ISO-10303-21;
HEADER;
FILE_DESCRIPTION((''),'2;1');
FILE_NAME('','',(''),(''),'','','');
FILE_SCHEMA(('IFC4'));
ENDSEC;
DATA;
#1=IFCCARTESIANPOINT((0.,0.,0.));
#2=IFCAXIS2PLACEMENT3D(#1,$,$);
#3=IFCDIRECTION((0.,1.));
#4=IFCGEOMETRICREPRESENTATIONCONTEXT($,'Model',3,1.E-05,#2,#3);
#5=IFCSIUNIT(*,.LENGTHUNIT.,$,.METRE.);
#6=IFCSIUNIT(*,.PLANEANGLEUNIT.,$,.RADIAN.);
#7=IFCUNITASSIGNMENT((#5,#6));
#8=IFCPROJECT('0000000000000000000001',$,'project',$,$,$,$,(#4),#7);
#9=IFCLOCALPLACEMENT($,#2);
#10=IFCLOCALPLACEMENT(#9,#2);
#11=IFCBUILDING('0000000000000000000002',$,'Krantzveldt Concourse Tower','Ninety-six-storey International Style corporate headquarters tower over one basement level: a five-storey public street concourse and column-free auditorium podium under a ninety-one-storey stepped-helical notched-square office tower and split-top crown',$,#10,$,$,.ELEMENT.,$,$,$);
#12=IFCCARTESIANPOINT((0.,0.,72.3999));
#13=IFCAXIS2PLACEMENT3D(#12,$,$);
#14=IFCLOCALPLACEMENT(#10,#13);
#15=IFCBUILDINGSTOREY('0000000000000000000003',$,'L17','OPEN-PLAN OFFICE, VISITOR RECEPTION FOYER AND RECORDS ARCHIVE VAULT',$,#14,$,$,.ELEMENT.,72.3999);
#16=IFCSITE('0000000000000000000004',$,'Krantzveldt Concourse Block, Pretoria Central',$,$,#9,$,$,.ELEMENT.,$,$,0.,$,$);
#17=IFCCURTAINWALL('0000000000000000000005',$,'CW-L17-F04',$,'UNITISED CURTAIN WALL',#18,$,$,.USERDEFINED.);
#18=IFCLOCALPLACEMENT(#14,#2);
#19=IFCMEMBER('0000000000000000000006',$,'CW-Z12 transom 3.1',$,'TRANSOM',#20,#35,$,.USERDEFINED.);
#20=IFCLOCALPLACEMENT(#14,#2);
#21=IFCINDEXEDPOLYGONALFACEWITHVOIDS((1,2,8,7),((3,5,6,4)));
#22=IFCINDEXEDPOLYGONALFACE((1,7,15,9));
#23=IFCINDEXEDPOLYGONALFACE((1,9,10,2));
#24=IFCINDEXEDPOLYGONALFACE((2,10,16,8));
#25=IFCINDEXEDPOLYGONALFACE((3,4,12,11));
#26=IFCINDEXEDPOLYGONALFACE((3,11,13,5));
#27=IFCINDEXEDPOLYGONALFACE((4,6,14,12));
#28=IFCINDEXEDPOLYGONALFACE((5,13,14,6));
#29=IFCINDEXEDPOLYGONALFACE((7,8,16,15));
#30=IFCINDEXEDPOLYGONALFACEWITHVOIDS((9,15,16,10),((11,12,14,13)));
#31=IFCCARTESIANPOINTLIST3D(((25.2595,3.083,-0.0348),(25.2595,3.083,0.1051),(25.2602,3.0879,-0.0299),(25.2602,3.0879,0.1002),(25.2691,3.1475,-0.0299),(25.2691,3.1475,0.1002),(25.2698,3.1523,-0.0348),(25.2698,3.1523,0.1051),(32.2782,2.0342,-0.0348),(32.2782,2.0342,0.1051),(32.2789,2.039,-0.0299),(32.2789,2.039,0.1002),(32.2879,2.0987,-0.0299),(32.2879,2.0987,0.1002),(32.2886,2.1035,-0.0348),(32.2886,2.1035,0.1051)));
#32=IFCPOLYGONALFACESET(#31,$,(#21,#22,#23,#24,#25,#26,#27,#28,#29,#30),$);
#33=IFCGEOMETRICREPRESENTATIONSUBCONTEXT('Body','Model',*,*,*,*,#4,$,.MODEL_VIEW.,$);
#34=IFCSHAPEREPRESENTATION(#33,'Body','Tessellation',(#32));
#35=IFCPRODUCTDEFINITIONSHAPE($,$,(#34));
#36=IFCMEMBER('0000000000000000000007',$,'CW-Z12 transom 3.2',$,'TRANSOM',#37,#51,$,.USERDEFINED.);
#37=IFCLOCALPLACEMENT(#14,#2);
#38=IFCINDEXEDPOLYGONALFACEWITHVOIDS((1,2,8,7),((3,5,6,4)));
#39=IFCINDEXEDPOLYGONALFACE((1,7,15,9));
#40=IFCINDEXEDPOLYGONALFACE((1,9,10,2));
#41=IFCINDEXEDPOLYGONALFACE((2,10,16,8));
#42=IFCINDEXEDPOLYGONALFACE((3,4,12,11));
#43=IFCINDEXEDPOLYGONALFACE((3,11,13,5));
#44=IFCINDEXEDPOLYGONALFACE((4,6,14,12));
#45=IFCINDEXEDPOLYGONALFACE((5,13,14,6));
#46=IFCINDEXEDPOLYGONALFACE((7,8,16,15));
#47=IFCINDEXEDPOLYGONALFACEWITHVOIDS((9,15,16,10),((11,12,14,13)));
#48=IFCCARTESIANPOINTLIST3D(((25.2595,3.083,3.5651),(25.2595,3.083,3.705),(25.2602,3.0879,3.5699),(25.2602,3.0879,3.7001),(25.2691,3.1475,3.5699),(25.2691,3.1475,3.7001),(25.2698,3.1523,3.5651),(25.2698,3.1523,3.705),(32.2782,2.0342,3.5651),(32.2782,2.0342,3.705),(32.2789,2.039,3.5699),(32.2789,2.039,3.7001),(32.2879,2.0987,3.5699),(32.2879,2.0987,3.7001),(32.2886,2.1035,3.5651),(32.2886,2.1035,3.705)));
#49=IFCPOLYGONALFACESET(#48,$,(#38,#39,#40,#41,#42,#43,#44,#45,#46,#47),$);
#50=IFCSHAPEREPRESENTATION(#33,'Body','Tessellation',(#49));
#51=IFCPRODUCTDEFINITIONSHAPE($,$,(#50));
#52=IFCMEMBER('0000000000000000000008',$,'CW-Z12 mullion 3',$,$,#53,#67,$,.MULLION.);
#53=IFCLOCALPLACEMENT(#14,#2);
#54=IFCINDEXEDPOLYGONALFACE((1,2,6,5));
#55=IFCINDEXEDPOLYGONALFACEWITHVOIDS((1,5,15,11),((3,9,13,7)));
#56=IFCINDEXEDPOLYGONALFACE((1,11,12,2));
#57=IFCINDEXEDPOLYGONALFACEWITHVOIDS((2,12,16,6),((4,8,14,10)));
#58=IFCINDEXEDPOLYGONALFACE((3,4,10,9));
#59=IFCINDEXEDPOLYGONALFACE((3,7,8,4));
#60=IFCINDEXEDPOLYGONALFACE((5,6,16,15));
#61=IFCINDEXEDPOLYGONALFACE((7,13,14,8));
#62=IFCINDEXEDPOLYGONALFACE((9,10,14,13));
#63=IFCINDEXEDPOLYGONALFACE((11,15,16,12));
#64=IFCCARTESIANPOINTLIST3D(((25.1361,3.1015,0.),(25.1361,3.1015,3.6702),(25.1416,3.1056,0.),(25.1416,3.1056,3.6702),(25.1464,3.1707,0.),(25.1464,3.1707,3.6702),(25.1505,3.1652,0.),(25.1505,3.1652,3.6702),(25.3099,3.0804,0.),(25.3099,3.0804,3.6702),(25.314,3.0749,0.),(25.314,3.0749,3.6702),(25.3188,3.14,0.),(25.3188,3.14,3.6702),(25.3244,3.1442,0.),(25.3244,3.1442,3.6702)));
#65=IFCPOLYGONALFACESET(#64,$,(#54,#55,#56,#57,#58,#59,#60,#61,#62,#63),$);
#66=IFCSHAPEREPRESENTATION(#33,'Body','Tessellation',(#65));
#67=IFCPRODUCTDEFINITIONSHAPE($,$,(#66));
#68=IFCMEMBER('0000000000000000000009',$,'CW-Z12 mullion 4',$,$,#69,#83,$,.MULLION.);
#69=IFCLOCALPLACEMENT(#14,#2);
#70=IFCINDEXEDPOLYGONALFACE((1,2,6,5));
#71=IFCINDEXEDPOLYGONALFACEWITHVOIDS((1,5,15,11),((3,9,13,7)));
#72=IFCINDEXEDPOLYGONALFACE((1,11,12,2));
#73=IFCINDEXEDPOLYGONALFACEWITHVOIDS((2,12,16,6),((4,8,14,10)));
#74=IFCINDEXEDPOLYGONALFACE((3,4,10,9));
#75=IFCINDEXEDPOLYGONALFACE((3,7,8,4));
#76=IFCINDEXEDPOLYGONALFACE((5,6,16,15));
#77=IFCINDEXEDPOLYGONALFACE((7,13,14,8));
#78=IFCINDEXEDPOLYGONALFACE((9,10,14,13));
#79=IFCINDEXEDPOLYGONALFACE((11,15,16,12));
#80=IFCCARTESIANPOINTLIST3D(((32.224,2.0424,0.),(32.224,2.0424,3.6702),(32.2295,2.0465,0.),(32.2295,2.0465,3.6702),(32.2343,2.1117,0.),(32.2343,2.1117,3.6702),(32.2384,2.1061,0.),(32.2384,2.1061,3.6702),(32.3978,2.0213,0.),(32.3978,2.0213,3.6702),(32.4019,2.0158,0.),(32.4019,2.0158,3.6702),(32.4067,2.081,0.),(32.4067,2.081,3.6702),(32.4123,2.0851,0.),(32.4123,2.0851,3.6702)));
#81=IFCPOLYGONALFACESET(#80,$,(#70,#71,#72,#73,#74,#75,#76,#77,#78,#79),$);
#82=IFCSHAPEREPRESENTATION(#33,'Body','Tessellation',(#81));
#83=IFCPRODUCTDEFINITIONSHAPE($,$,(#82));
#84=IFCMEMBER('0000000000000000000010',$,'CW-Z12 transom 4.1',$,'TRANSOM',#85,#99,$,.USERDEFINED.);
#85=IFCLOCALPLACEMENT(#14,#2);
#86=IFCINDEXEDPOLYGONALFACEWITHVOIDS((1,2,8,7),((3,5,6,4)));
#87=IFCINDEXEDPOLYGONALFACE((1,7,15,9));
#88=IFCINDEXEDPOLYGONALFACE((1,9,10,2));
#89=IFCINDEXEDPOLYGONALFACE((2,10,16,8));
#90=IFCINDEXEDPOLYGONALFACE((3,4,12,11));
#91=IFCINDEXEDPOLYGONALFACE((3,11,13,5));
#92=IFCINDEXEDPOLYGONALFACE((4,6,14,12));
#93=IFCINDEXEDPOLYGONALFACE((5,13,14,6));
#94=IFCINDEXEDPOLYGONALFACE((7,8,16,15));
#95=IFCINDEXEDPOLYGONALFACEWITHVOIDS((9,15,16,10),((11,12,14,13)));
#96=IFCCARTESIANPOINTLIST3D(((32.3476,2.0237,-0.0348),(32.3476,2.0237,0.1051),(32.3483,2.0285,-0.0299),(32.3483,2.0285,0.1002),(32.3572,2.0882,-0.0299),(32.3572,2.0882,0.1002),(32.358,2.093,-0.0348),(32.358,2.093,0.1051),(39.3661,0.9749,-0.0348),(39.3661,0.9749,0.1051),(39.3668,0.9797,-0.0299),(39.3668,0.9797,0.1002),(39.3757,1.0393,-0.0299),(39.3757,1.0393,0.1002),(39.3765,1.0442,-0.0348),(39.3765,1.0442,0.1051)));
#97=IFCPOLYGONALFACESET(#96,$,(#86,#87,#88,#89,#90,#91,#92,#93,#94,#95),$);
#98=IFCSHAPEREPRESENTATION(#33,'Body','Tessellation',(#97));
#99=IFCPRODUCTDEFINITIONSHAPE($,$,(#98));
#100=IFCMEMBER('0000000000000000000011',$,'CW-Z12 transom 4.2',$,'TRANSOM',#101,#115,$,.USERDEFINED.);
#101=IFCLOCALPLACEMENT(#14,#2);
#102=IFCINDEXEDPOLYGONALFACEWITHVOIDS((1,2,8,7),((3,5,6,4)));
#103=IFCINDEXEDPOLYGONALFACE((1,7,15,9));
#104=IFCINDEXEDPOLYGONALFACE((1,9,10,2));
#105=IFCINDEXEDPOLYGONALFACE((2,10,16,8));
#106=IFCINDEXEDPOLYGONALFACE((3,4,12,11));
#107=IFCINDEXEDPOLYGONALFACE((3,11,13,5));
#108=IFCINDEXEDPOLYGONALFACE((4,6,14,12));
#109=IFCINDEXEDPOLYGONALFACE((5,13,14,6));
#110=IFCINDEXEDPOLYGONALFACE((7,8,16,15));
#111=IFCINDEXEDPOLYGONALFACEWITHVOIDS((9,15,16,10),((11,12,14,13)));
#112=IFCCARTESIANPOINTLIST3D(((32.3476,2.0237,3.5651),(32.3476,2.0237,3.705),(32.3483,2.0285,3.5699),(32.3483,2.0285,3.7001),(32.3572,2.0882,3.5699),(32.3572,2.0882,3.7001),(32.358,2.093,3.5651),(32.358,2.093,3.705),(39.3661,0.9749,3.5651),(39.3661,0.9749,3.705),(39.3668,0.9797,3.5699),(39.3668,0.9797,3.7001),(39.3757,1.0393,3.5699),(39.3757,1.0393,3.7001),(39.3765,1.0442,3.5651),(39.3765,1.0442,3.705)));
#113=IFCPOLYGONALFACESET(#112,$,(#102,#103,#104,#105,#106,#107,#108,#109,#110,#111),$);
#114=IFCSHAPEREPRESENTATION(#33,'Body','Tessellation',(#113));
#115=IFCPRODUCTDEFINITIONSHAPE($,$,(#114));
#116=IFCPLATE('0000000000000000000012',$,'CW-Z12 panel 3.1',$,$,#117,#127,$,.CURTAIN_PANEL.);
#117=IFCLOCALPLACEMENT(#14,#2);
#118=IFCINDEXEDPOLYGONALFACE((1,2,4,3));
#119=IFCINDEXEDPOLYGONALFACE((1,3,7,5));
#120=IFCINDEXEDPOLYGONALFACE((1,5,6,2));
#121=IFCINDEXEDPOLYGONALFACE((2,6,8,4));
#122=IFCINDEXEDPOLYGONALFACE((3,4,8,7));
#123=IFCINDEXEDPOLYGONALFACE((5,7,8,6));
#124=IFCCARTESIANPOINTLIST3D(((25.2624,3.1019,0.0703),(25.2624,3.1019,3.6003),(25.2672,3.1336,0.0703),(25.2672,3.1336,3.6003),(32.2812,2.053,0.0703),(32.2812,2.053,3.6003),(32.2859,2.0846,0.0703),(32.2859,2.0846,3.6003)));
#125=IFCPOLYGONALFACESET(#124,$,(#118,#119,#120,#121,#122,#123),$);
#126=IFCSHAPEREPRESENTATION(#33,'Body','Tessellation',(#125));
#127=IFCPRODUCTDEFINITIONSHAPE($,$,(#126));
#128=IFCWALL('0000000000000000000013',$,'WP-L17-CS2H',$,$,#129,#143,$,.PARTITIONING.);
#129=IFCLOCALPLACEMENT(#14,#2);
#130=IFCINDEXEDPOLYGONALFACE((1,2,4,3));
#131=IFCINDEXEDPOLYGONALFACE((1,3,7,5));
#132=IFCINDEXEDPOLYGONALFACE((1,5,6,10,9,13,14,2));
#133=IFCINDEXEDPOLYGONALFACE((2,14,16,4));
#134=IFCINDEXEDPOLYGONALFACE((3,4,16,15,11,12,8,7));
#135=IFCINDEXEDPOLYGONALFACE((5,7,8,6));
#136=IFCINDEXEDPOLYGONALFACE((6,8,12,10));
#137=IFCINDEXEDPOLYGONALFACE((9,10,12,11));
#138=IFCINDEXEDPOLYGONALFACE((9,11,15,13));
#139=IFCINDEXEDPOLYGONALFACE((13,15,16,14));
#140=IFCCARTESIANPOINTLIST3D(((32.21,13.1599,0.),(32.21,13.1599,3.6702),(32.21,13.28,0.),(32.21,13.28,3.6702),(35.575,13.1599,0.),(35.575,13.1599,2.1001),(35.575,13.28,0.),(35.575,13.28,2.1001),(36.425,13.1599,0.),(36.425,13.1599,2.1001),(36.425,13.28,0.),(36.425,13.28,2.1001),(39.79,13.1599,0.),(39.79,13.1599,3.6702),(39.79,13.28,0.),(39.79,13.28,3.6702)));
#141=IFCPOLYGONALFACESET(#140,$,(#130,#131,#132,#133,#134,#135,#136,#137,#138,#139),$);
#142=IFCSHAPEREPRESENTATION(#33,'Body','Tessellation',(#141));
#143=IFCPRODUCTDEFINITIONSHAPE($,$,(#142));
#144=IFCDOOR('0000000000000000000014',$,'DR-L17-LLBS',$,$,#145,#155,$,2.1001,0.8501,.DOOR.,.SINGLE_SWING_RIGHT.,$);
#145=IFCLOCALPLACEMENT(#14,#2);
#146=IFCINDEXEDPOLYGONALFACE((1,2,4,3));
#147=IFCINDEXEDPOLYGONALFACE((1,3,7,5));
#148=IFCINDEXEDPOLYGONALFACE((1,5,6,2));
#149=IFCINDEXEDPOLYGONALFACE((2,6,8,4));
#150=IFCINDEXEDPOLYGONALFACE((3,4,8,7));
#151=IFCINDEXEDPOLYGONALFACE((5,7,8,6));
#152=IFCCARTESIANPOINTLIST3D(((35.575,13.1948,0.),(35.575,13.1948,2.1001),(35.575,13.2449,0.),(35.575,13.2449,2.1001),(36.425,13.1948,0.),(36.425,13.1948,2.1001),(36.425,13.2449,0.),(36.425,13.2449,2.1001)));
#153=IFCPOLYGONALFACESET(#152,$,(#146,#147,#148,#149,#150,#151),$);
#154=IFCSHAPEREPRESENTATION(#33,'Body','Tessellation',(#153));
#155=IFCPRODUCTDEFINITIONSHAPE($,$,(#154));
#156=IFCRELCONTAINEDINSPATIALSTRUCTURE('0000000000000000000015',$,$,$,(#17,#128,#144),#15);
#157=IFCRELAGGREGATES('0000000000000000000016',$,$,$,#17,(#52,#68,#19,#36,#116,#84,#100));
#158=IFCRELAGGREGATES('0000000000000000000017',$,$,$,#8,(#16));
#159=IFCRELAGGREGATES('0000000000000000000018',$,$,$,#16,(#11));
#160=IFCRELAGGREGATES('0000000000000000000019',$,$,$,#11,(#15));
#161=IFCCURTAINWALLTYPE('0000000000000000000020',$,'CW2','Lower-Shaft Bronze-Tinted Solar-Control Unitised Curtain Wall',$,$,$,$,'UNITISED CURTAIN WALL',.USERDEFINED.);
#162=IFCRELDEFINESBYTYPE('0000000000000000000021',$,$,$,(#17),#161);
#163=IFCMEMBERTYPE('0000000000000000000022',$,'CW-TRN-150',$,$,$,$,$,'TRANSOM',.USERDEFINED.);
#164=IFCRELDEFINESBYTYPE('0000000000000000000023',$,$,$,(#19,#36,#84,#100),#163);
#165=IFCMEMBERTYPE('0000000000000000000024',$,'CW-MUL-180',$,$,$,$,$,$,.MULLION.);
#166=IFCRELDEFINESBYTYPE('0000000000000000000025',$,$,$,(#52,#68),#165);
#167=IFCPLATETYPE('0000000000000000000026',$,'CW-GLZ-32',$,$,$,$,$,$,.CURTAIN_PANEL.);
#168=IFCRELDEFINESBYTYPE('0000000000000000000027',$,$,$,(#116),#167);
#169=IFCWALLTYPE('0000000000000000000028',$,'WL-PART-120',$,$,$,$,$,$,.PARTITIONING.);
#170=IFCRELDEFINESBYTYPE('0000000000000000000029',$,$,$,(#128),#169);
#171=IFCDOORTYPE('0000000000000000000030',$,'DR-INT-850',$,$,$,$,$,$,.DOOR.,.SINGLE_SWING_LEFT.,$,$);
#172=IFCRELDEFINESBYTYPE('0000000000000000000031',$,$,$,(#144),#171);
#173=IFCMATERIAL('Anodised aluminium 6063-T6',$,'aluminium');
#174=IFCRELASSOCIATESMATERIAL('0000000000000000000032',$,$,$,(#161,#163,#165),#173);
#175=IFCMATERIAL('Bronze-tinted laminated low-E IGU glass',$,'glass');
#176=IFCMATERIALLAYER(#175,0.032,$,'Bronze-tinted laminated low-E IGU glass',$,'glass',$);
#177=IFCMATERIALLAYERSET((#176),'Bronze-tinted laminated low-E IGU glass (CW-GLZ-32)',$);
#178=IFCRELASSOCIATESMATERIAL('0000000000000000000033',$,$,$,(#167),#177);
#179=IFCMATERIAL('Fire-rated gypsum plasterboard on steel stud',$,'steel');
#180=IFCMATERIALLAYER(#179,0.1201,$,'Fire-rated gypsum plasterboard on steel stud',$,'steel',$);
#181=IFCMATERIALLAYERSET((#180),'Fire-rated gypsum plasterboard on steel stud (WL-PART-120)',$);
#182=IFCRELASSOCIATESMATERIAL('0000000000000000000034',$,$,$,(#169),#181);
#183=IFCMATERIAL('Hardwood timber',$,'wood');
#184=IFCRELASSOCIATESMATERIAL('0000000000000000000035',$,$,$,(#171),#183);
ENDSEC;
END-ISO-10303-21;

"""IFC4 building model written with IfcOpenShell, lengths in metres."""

from ifc_helpers import new_model, si_unit, direction, frame, frame_2d, origin, origin_2d, place, context, subcontext, project, spatial, rectangle, hollow_rectangle, extrude, source, transform, mapped, material, layer, layer_set, material_profile, profile_set, type_object, type_shapes, element, fill, aggregate, save


model = new_model("IFC4")

# Units and contexts
model_context = context("Model", 3, precision=1e-05, world=origin(), true_north=direction((0.0, 1.0)))
body_context = subcontext(model_context, "Body", "Model", "MODEL_VIEW")
ifc_project = project(units=[si_unit("LENGTHUNIT", "METRE"), si_unit("PLANEANGLEUNIT", "RADIAN")], contexts=[model_context])

# Site, building, storey
site_placement = place(None, origin())
site = spatial("IfcSite", under=ifc_project, at=site_placement, Name="Krantzveldt Concourse Block, Pretoria Central", CompositionType="ELEMENT", RefElevation=0.0)
building_placement = place(site_placement, origin())
building = spatial("IfcBuilding", under=site, at=building_placement, Name="Krantzveldt Concourse Tower", Description="Ninety-six-storey International Style corporate headquarters tower over one basement level: a five-storey public street concourse and column-free auditorium podium under a ninety-one-storey stepped-helical notched-square office tower and split-top crown", CompositionType="ELEMENT")
storey_placement = place(building_placement, frame((0.0, 0.0, 72.3999)))
storey = spatial("IfcBuildingStorey", under=building, at=storey_placement, Name="L17", Description="OPEN-PLAN OFFICE, VISITOR RECEPTION FOYER AND RECORDS ARCHIVE VAULT", CompositionType="ELEMENT", Elevation=72.3999)

# Curtain wall, members, plate
ifc_material_1 = material(Name="Anodised aluminium 6063-T6", Category="aluminium")
curtain_wall_type = type_object("IfcCurtainWallType", Name="CW2", Description="Lower-Shaft Bronze-Tinted Solar-Control Unitised Curtain Wall", ElementType="UNITISED CURTAIN WALL", PredefinedType="USERDEFINED", material=ifc_material_1)
curtain_wall_placement = place(storey_placement, origin())
curtain_wall = element("IfcCurtainWall", 1, at=curtain_wall_placement, inside=storey, type_object=curtain_wall_type, Name="CW-L17-F04", ObjectType="UNITISED CURTAIN WALL", PredefinedType="USERDEFINED")
ifc_material_profile_1 = material_profile(ifc_material_1, hollow_rectangle(XDim=0.0701, YDim=0.1399, WallThickness=0.0049, at=origin_2d()), Name="Anodised aluminium 6063-T6", Category="aluminium")
ifc_profile_set_1 = profile_set([ifc_material_profile_1], Name="Anodised aluminium 6063-T6 - ALU-TRAN 140x70x5")
member_type_1 = type_object("IfcMemberType", Name="CW-TRN-150", ElementType="TRANSOM", PredefinedType="USERDEFINED", material=ifc_profile_set_1)
shared_shape_1 = source(origin(), body_context, "Body", "SweptSolid", [
    extrude(hollow_rectangle(XDim=0.0701, YDim=0.1399, WallThickness=0.0049, at=origin_2d()), origin(), (0.0, 0.0, 1.0), 7.0967),
])
member_1_placement = place(storey_placement, frame((25.2646, 3.1177, 0.0352), z_axis=(0.989019, -0.14779, 0.0), x_axis=(0.14779, 0.989019, 0.0)))
member_1 = element("IfcMember", 2, at=member_1_placement, type_object=member_type_1, Name="CW-Z12 transom 3.1", ObjectType="TRANSOM", PredefinedType="USERDEFINED", context=body_context, shape_type="MappedRepresentation", body=[
    mapped(shared_shape_1, transform((0.0, 0.0, 0.0), x_axis=(1.0, 0.0, 0.0), y_axis=(0.0, 1.0, 0.0), z_axis=(0.0, 0.0, 1.0), scale=1.0)),
])
member_2_placement = place(storey_placement, frame((25.2646, 3.1177, 3.635), z_axis=(0.989019, -0.14779, 0.0), x_axis=(0.14779, 0.989019, 0.0)))
member_2 = element("IfcMember", 3, at=member_2_placement, type_object=member_type_1, Name="CW-Z12 transom 3.2", ObjectType="TRANSOM", PredefinedType="USERDEFINED", context=body_context, shape_type="MappedRepresentation", body=[
    mapped(shared_shape_1, transform((0.0, 0.0, 0.0), x_axis=(1.0, 0.0, 0.0), y_axis=(0.0, 1.0, 0.0), z_axis=(0.0, 0.0, 1.0), scale=1.0)),
])
ifc_material_profile_2 = material_profile(ifc_material_1, hollow_rectangle(XDim=0.0701, YDim=0.1799, WallThickness=0.0049, at=origin_2d()), Name="Anodised aluminium 6063-T6", Category="aluminium")
ifc_profile_set_2 = profile_set([ifc_material_profile_2], Name="Anodised aluminium 6063-T6 - ALU-MULL 180x70x5")
member_type_2 = type_object("IfcMemberType", Name="CW-MUL-180", PredefinedType="MULLION", material=ifc_profile_set_2)
shared_shape_2 = source(origin(), body_context, "Body", "SweptSolid", [
    extrude(hollow_rectangle(XDim=0.0701, YDim=0.1799, WallThickness=0.0049, at=origin_2d()), origin(), (0.0, 0.0, 1.0), 3.6702),
])
type_shapes(member_type_2, [shared_shape_2])
member_3_placement = place(storey_placement, frame((25.2302, 3.1228, 0.0), z_axis=(0.0, 0.0, 1.0), x_axis=(0.14781, 0.989016, 0.0)))
member_3 = element("IfcMember", 4, at=member_3_placement, type_object=member_type_2, Name="CW-Z12 mullion 3", PredefinedType="MULLION", context=body_context, shape_type="MappedRepresentation", body=[
    mapped(shared_shape_2, transform((0.0, 0.0, 0.0), x_axis=(1.0, 0.0, 0.0), y_axis=(0.0, 1.0, 0.0), z_axis=(0.0, 0.0, 1.0), scale=1.0)),
])
member_4_placement = place(storey_placement, frame((32.3181, 2.0637, 0.0), z_axis=(0.0, 0.0, 1.0), x_axis=(0.14781, 0.989016, 0.0)))
member_4 = element("IfcMember", 5, at=member_4_placement, type_object=member_type_2, Name="CW-Z12 mullion 4", PredefinedType="MULLION", context=body_context, shape_type="MappedRepresentation", body=[
    mapped(shared_shape_2, transform((0.0, 0.0, 0.0), x_axis=(1.0, 0.0, 0.0), y_axis=(0.0, 1.0, 0.0), z_axis=(0.0, 0.0, 1.0), scale=1.0)),
])
shared_shape_3 = source(origin(), body_context, "Body", "SweptSolid", [
    extrude(hollow_rectangle(XDim=0.0701, YDim=0.1399, WallThickness=0.0049, at=origin_2d()), origin(), (0.0, 0.0, 1.0), 7.0964),
])
type_shapes(member_type_1, [shared_shape_1, shared_shape_3])
member_5_placement = place(storey_placement, frame((32.3528, 2.0583, 0.0352), z_axis=(0.989018, -0.147795, 0.0), x_axis=(0.147795, 0.989018, 0.0)))
member_5 = element("IfcMember", 6, at=member_5_placement, type_object=member_type_1, Name="CW-Z12 transom 4.1", ObjectType="TRANSOM", PredefinedType="USERDEFINED", context=body_context, shape_type="MappedRepresentation", body=[
    mapped(shared_shape_3, transform((0.0, 0.0, 0.0), x_axis=(1.0, 0.0, 0.0), y_axis=(0.0, 1.0, 0.0), z_axis=(0.0, 0.0, 1.0), scale=1.0)),
])
member_6_placement = place(storey_placement, frame((32.3528, 2.0583, 3.635), z_axis=(0.989018, -0.147795, 0.0), x_axis=(0.147795, 0.989018, 0.0)))
member_6 = element("IfcMember", 7, at=member_6_placement, type_object=member_type_1, Name="CW-Z12 transom 4.2", ObjectType="TRANSOM", PredefinedType="USERDEFINED", context=body_context, shape_type="MappedRepresentation", body=[
    mapped(shared_shape_3, transform((0.0, 0.0, 0.0), x_axis=(1.0, 0.0, 0.0), y_axis=(0.0, 1.0, 0.0), z_axis=(0.0, 0.0, 1.0), scale=1.0)),
])
ifc_material_2 = material(Name="Bronze-tinted laminated low-E IGU glass", Category="glass")
ifc_layer_1 = layer(ifc_material_2, 0.032, Name="Bronze-tinted laminated low-E IGU glass", Category="glass")
ifc_layer_set_1 = layer_set([ifc_layer_1], Name="Bronze-tinted laminated low-E IGU glass (CW-GLZ-32)")
plate_type = type_object("IfcPlateType", Name="CW-GLZ-32", PredefinedType="CURTAIN_PANEL", material=ifc_layer_set_1)
shared_shape_4 = source(origin(), body_context, "Body", "SweptSolid", [
    extrude(rectangle(XDim=7.0967, YDim=0.032, at=origin_2d()), origin(), (0.0, 0.0, 1.0), 3.53),
])
type_shapes(plate_type, [shared_shape_4])
plate_placement = place(storey_placement, frame((28.7742, 2.5933, 0.0703), z_axis=(0.0, 0.0, 1.0), x_axis=(0.989016, -0.14781, 0.0)))
plate = element("IfcPlate", 8, at=plate_placement, type_object=plate_type, Name="CW-Z12 panel 3.1", PredefinedType="CURTAIN_PANEL", context=body_context, shape_type="MappedRepresentation", body=[
    mapped(shared_shape_4, transform((0.0, 0.0, 0.0), x_axis=(1.0, 0.0, 0.0), y_axis=(0.0, 1.0, 0.0), z_axis=(0.0, 0.0, 1.0), scale=1.0)),
])
aggregate(curtain_wall, [member_3, member_4, member_1, member_2, plate, member_5, member_6])

# Wall, opening, door
ifc_material_3 = material(Name="Fire-rated gypsum plasterboard on steel stud", Category="steel")
ifc_layer_2 = layer(ifc_material_3, 0.1201, Name="Fire-rated gypsum plasterboard on steel stud", Category="steel")
ifc_layer_set_2 = layer_set([ifc_layer_2], Name="Fire-rated gypsum plasterboard on steel stud (WL-PART-120)")
wall_type_1 = type_object("IfcWallType", Name="WL-PART-120", PredefinedType="PARTITIONING", material=ifc_layer_set_2)
wall_1_placement = place(storey_placement, frame((32.21, 13.22, 0.0), z_axis=(0.0, 0.0, 1.0), x_axis=(1.0, 0.0, 0.0)))
wall_1 = element("IfcWall", 9, at=wall_1_placement, inside=storey, type_object=wall_type_1, Name="WP-L17-CS2H", PredefinedType="PARTITIONING", context=body_context, shape_type="SweptSolid", body=[
    extrude(rectangle(XDim=7.5801, YDim=0.1201, at=frame_2d((3.79, 0.0))), origin(), (0.0, 0.0, 1.0), 3.6702),
])
opening_1_placement = place(wall_1_placement, frame((3.365, 0.0, 0.0)))
opening_1 = element("IfcOpeningElement", 10, at=opening_1_placement, cuts=wall_1, PredefinedType="OPENING", context=body_context, shape_type="SweptSolid", body=[
    extrude(rectangle(XDim=0.8501, YDim=2.1001, at=frame_2d((0.425, 1.05))), frame((0.0, 0.0701, 0.0), z_axis=(0.0, -1.0, 0.0), x_axis=(1.0, 0.0, 0.0)), (0.0, 0.0, 1.0), 0.1401),
])
ifc_material_4 = material(Name="Hardwood timber", Category="wood")
door_type_1 = type_object("IfcDoorType", Name="DR-INT-850", OperationType="SINGLE_SWING_LEFT", PredefinedType="DOOR", material=ifc_material_4)
door_1_placement = place(opening_1_placement, origin())
door_1 = element("IfcDoor", 11, at=door_1_placement, inside=storey, type_object=door_type_1, Name="DR-L17-LLBS", OperationType="SINGLE_SWING_RIGHT", OverallHeight=2.1001, OverallWidth=0.8501, PredefinedType="DOOR", context=body_context, shape_type="SweptSolid", body=[
    extrude(rectangle(XDim=0.8501, YDim=2.1001, at=frame_2d((0.425, 1.05))), frame((0.0, 0.0249, 0.0), z_axis=(0.0, -1.0, 0.0), x_axis=(1.0, 0.0, 0.0)), (0.0, 0.0, 1.0), 0.05),
])
fill(opening_1, door_1)

save(model, "model.ifc")
